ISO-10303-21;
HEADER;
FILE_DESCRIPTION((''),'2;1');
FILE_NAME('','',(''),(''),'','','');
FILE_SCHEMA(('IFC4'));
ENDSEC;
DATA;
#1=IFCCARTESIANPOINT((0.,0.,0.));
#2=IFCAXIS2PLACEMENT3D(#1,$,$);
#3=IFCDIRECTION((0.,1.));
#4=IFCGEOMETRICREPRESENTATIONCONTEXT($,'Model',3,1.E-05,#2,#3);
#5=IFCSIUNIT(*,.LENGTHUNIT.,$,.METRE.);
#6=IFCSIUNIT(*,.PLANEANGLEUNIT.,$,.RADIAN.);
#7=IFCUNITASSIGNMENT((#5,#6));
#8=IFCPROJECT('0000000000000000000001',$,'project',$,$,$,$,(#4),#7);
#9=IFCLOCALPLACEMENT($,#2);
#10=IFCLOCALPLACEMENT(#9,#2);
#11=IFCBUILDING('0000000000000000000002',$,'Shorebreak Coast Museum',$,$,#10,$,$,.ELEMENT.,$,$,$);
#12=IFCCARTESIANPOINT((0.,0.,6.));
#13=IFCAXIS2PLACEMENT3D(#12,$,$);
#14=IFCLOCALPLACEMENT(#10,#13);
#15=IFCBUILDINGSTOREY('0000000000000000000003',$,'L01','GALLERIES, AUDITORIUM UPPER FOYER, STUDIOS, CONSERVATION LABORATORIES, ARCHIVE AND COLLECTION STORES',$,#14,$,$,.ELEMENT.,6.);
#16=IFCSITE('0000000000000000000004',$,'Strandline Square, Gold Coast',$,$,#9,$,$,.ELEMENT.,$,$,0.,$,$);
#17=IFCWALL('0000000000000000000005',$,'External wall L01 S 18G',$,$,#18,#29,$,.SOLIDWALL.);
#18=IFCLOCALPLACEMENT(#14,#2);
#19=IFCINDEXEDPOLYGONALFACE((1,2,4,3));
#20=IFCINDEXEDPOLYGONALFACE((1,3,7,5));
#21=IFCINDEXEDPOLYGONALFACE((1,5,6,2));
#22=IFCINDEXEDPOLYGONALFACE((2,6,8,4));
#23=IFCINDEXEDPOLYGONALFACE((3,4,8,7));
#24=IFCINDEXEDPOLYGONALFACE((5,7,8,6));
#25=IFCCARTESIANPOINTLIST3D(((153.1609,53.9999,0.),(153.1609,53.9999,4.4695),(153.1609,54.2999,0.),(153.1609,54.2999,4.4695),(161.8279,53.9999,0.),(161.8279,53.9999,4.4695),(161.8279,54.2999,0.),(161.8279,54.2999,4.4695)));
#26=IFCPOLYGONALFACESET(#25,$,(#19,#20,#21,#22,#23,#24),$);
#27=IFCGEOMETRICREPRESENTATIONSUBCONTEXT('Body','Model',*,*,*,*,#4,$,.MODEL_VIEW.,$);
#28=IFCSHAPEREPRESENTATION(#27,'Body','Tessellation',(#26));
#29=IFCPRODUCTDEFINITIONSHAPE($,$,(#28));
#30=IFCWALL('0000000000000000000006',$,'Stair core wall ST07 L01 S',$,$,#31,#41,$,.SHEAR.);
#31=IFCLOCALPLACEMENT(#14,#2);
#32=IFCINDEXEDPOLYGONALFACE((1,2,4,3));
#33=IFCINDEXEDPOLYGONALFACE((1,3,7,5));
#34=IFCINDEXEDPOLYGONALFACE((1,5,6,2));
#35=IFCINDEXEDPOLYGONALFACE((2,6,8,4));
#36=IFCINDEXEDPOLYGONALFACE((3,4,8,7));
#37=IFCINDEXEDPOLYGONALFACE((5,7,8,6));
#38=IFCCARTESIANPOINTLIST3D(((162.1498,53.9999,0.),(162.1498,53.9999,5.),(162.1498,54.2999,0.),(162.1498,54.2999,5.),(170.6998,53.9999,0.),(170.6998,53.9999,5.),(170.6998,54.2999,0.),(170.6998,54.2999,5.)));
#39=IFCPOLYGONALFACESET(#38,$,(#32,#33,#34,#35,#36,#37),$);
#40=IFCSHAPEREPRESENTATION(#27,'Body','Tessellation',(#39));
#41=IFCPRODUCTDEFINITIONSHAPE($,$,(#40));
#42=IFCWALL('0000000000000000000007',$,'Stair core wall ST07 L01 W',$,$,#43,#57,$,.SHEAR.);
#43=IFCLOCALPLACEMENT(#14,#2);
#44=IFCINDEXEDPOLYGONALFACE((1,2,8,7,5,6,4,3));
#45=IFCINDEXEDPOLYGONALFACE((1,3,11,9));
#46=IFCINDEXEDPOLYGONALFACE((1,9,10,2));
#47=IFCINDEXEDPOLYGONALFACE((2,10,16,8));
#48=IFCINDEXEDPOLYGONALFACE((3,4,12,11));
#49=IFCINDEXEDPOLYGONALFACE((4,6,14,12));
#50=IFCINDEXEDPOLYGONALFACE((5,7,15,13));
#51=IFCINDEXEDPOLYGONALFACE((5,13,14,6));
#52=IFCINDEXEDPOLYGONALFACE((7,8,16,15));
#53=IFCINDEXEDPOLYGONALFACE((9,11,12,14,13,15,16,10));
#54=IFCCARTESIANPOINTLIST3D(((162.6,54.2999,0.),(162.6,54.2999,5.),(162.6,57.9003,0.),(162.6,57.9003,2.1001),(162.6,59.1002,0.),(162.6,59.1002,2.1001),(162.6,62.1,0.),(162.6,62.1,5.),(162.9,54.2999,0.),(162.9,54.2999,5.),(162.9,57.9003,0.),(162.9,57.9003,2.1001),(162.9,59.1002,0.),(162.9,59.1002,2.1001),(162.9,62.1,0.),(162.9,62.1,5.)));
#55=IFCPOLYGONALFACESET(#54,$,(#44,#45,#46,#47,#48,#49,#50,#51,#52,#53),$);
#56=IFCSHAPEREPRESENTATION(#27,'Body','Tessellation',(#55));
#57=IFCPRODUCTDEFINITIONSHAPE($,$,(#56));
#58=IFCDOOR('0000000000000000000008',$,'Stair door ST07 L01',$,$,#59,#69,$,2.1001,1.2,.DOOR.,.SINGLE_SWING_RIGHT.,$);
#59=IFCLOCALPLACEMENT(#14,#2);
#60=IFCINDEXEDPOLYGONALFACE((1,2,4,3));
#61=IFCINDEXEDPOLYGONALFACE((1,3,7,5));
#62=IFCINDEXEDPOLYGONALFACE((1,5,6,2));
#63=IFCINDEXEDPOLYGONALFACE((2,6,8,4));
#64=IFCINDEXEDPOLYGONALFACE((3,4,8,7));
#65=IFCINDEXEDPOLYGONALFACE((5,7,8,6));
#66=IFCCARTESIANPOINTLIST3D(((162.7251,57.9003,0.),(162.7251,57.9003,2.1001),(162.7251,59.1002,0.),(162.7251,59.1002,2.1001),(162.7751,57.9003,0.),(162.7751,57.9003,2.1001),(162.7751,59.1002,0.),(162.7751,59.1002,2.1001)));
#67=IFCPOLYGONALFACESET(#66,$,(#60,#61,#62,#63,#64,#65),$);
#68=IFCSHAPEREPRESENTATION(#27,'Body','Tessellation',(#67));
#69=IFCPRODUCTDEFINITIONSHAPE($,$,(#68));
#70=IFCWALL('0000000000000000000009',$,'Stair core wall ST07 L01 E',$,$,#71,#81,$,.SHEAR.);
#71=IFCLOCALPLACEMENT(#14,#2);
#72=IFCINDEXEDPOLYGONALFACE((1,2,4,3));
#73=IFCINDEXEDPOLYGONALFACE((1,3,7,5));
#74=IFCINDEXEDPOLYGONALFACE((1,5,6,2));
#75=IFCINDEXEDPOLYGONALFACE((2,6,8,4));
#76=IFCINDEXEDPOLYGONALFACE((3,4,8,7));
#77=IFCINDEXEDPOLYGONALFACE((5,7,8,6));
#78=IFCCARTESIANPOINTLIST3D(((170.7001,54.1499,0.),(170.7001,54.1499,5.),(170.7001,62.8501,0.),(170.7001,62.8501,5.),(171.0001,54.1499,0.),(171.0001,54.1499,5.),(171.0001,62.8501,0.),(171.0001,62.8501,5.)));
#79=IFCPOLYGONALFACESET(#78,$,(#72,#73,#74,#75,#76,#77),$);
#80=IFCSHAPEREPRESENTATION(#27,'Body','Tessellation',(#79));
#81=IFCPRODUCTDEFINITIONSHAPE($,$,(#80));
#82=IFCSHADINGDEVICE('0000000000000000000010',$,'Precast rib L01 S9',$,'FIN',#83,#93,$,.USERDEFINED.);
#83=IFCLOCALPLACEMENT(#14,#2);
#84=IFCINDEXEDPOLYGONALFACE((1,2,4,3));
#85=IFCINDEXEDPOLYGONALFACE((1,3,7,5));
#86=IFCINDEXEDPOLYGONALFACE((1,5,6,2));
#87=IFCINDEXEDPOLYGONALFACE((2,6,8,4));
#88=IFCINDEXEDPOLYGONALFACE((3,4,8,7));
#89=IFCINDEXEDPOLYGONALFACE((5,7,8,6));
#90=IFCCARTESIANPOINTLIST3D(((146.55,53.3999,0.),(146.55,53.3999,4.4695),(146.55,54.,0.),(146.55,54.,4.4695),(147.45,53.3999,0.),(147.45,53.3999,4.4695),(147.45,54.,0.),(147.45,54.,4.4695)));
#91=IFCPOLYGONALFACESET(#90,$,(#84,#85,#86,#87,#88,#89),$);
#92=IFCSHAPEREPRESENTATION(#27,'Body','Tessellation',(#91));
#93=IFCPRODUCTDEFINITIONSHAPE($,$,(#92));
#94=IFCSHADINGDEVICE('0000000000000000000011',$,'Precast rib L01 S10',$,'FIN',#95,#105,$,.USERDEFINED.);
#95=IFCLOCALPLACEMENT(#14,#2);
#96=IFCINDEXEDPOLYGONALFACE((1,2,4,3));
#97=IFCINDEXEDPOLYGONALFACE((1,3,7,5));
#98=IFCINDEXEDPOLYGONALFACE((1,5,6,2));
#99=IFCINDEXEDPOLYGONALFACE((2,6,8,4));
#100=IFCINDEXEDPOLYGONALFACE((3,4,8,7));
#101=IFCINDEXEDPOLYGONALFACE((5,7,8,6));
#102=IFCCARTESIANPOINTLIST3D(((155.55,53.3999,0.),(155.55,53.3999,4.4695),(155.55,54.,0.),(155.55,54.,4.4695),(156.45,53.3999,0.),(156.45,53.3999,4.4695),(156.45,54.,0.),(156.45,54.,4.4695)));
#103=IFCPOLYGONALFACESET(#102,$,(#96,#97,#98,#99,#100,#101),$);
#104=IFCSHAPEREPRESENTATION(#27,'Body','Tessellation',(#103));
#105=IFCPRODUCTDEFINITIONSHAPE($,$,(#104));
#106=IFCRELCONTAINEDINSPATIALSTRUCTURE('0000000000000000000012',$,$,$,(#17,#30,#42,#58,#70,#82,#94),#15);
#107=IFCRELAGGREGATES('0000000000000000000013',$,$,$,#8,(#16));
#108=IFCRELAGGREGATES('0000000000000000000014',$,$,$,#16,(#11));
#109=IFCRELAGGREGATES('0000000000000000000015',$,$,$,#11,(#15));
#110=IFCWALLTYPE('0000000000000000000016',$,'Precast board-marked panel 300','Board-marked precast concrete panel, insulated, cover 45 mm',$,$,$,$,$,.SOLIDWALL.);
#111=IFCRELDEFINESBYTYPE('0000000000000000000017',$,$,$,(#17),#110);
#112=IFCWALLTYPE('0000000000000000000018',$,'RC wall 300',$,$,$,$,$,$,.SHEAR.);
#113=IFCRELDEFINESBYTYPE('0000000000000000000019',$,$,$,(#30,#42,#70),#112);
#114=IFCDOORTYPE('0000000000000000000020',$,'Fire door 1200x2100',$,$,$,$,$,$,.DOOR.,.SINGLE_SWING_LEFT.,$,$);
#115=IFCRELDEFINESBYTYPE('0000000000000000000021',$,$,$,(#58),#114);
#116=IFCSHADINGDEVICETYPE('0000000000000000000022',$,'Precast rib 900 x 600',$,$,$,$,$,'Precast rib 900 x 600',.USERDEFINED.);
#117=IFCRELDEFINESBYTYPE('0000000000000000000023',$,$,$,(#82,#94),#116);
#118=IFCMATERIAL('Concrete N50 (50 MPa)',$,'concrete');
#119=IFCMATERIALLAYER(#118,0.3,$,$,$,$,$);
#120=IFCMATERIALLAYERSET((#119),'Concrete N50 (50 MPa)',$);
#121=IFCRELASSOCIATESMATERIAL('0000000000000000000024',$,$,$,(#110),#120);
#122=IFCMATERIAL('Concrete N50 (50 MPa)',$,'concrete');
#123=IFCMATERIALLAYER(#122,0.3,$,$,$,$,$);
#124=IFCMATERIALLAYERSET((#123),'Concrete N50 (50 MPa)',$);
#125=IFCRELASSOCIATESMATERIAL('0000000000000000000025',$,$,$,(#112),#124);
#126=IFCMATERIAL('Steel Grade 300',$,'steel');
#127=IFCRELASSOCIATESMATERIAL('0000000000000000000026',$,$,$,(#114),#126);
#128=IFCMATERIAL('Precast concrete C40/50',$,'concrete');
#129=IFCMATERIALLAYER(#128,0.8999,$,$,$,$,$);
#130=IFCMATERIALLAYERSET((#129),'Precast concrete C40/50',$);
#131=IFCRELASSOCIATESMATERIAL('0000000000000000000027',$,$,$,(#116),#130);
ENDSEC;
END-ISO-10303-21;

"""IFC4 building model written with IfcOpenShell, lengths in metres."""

from ifc_helpers import new_model, si_unit, direction, frame, frame_2d, origin, origin_2d, place, context, subcontext, project, spatial, rectangle, extrude, material, layer, layer_set, type_object, element, fill, save


model = new_model("IFC4")

# Units and contexts
model_context = context("Model", 3, precision=1e-05, world=origin(), true_north=direction((0.0, 1.0)))
body_context = subcontext(model_context, "Body", "Model", "MODEL_VIEW")
ifc_project = project(units=[si_unit("LENGTHUNIT", "METRE"), si_unit("PLANEANGLEUNIT", "RADIAN")], contexts=[model_context])

# Site, building, storey
site_placement = place(None, origin())
site = spatial("IfcSite", under=ifc_project, at=site_placement, Name="Strandline Square, Gold Coast", CompositionType="ELEMENT", RefElevation=0.0)
building_placement = place(site_placement, origin())
building = spatial("IfcBuilding", under=site, at=building_placement, Name="Shorebreak Coast Museum", CompositionType="ELEMENT")
storey_placement = place(building_placement, frame((0.0, 0.0, 6.0)))
storey = spatial("IfcBuildingStorey", under=building, at=storey_placement, Name="L01", Description="GALLERIES, AUDITORIUM UPPER FOYER, STUDIOS, CONSERVATION LABORATORIES, ARCHIVE AND COLLECTION STORES", CompositionType="ELEMENT", Elevation=6.0)

# Shared definitions
ifc_material_1 = material(Name="Concrete N50 (50 MPa)", Category="concrete")
ifc_layer_1 = layer(ifc_material_1, 0.3)
ifc_layer_set_1 = layer_set([ifc_layer_1], Name="Concrete N50 (50 MPa)")
wall_type_1 = type_object("IfcWallType", Name="Precast board-marked panel 300", Description="Board-marked precast concrete panel, insulated, cover 45 mm", PredefinedType="SOLIDWALL", material=ifc_layer_set_1)

# Walls
wall_1_placement = place(storey_placement, frame((153.1609, 54.1499, 0.0), z_axis=(0.0, 0.0, 1.0), x_axis=(1.0, 0.0, 0.0)))
element("IfcWall", 1, at=wall_1_placement, inside=storey, type_object=wall_type_1, Name="External wall L01 S 18G", PredefinedType="SOLIDWALL", context=body_context, shape_type="SweptSolid", body=[
    extrude(rectangle(XDim=8.667, YDim=0.3, at=frame_2d((4.3335, 0.0))), origin(), (0.0, 0.0, 1.0), 4.4695),
])
ifc_material_2 = material(Name="Concrete N50 (50 MPa)", Category="concrete")
ifc_layer_2 = layer(ifc_material_2, 0.3)
ifc_layer_set_2 = layer_set([ifc_layer_2], Name="Concrete N50 (50 MPa)")
wall_type_2 = type_object("IfcWallType", Name="RC wall 300", PredefinedType="SHEAR", material=ifc_layer_set_2)
wall_2_placement = place(storey_placement, frame((162.1499, 54.1499, 0.0), z_axis=(0.0, 0.0, 1.0), x_axis=(1.0, 0.0, 0.0)))
element("IfcWall", 2, at=wall_2_placement, inside=storey, type_object=wall_type_2, Name="Stair core wall ST07 L01 S", PredefinedType="SHEAR", context=body_context, shape_type="SweptSolid", body=[
    extrude(rectangle(XDim=8.55, YDim=0.3, at=frame_2d((4.2749, 0.0))), origin(), (0.0, 0.0, 1.0), 5.0),
])

# Wall, opening, door
wall_3_placement = place(storey_placement, frame((162.75, 54.3, 0.0), z_axis=(0.0, 0.0, 1.0), x_axis=(0.0, 1.0, 0.0)))
wall_3 = element("IfcWall", 3, at=wall_3_placement, inside=storey, type_object=wall_type_2, Name="Stair core wall ST07 L01 W", PredefinedType="SHEAR", context=body_context, shape_type="SweptSolid", body=[
    extrude(rectangle(XDim=7.8, YDim=0.3, at=frame_2d((3.8999, 0.0))), origin(), (0.0, 0.0, 1.0), 5.0),
])
opening_1_placement = place(wall_3_placement, frame((3.6001, 0.0, 0.0)))
opening_1 = element("IfcOpeningElement", 4, at=opening_1_placement, cuts=wall_3, PredefinedType="OPENING", context=body_context, shape_type="SweptSolid", body=[
    extrude(rectangle(XDim=1.2, YDim=2.1001, at=frame_2d((0.6001, 1.05))), frame((0.0, 0.1599, 0.0), z_axis=(0.0, -1.0, 0.0), x_axis=(1.0, 0.0, 0.0)), (0.0, 0.0, 1.0), 0.3201),
])
ifc_material_3 = material(Name="Steel Grade 300", Category="steel")
door_type = type_object("IfcDoorType", Name="Fire door 1200x2100", OperationType="SINGLE_SWING_LEFT", PredefinedType="DOOR", material=ifc_material_3)
door_placement = place(opening_1_placement, origin())
door = element("IfcDoor", 5, at=door_placement, inside=storey, type_object=door_type, Name="Stair door ST07 L01", OperationType="SINGLE_SWING_RIGHT", OverallHeight=2.1001, OverallWidth=1.2, PredefinedType="DOOR", context=body_context, shape_type="SweptSolid", body=[
    extrude(rectangle(XDim=1.2, YDim=2.1001, at=frame_2d((0.6001, 1.05))), frame((0.0, 0.0249, 0.0), z_axis=(0.0, -1.0, 0.0), x_axis=(1.0, 0.0, 0.0)), (0.0, 0.0, 1.0), 0.05),
])
fill(opening_1, door)

# Wall
wall_4_placement = place(storey_placement, frame((170.8501, 54.1499, 0.0), z_axis=(0.0, 0.0, 1.0), x_axis=(0.0, 1.0, 0.0)))
element("IfcWall", 6, at=wall_4_placement, inside=storey, type_object=wall_type_2, Name="Stair core wall ST07 L01 E", PredefinedType="SHEAR", context=body_context, shape_type="SweptSolid", body=[
    extrude(rectangle(XDim=8.7002, YDim=0.3, at=frame_2d((4.3501, 0.0))), origin(), (0.0, 0.0, 1.0), 5.0),
])

# Shading devices
ifc_material_4 = material(Name="Precast concrete C40/50", Category="concrete")
ifc_layer_3 = layer(ifc_material_4, 0.8999)
ifc_layer_set_3 = layer_set([ifc_layer_3], Name="Precast concrete C40/50")
shading_device_type = type_object("IfcShadingDeviceType", Name="Precast rib 900 x 600", ElementType="Precast rib 900 x 600", PredefinedType="USERDEFINED", material=ifc_layer_set_3)
for number, where, z_axis, x_axis, name in (
    (7, (147.0, 53.7, 0.0), (0.0, 0.0, 1.0), (1.0, 0.0, 0.0), "Precast rib L01 S9"),
    (8, (156.0, 53.7, 0.0), (0.0, 0.0, 1.0), (1.0, 0.0, 0.0), "Precast rib L01 S10"),
):
    element("IfcShadingDevice", number, at=place(storey_placement, frame(where, z_axis=z_axis, x_axis=x_axis)), inside=storey, type_object=shading_device_type, Name=name, ObjectType="FIN", PredefinedType="USERDEFINED", context=body_context, shape_type="SweptSolid", body=[
        extrude(rectangle(XDim=0.8999, YDim=0.6001, at=origin_2d()), origin(), (0.0, 0.0, 1.0), 4.4695),
    ])

save(model, "model.ifc")
